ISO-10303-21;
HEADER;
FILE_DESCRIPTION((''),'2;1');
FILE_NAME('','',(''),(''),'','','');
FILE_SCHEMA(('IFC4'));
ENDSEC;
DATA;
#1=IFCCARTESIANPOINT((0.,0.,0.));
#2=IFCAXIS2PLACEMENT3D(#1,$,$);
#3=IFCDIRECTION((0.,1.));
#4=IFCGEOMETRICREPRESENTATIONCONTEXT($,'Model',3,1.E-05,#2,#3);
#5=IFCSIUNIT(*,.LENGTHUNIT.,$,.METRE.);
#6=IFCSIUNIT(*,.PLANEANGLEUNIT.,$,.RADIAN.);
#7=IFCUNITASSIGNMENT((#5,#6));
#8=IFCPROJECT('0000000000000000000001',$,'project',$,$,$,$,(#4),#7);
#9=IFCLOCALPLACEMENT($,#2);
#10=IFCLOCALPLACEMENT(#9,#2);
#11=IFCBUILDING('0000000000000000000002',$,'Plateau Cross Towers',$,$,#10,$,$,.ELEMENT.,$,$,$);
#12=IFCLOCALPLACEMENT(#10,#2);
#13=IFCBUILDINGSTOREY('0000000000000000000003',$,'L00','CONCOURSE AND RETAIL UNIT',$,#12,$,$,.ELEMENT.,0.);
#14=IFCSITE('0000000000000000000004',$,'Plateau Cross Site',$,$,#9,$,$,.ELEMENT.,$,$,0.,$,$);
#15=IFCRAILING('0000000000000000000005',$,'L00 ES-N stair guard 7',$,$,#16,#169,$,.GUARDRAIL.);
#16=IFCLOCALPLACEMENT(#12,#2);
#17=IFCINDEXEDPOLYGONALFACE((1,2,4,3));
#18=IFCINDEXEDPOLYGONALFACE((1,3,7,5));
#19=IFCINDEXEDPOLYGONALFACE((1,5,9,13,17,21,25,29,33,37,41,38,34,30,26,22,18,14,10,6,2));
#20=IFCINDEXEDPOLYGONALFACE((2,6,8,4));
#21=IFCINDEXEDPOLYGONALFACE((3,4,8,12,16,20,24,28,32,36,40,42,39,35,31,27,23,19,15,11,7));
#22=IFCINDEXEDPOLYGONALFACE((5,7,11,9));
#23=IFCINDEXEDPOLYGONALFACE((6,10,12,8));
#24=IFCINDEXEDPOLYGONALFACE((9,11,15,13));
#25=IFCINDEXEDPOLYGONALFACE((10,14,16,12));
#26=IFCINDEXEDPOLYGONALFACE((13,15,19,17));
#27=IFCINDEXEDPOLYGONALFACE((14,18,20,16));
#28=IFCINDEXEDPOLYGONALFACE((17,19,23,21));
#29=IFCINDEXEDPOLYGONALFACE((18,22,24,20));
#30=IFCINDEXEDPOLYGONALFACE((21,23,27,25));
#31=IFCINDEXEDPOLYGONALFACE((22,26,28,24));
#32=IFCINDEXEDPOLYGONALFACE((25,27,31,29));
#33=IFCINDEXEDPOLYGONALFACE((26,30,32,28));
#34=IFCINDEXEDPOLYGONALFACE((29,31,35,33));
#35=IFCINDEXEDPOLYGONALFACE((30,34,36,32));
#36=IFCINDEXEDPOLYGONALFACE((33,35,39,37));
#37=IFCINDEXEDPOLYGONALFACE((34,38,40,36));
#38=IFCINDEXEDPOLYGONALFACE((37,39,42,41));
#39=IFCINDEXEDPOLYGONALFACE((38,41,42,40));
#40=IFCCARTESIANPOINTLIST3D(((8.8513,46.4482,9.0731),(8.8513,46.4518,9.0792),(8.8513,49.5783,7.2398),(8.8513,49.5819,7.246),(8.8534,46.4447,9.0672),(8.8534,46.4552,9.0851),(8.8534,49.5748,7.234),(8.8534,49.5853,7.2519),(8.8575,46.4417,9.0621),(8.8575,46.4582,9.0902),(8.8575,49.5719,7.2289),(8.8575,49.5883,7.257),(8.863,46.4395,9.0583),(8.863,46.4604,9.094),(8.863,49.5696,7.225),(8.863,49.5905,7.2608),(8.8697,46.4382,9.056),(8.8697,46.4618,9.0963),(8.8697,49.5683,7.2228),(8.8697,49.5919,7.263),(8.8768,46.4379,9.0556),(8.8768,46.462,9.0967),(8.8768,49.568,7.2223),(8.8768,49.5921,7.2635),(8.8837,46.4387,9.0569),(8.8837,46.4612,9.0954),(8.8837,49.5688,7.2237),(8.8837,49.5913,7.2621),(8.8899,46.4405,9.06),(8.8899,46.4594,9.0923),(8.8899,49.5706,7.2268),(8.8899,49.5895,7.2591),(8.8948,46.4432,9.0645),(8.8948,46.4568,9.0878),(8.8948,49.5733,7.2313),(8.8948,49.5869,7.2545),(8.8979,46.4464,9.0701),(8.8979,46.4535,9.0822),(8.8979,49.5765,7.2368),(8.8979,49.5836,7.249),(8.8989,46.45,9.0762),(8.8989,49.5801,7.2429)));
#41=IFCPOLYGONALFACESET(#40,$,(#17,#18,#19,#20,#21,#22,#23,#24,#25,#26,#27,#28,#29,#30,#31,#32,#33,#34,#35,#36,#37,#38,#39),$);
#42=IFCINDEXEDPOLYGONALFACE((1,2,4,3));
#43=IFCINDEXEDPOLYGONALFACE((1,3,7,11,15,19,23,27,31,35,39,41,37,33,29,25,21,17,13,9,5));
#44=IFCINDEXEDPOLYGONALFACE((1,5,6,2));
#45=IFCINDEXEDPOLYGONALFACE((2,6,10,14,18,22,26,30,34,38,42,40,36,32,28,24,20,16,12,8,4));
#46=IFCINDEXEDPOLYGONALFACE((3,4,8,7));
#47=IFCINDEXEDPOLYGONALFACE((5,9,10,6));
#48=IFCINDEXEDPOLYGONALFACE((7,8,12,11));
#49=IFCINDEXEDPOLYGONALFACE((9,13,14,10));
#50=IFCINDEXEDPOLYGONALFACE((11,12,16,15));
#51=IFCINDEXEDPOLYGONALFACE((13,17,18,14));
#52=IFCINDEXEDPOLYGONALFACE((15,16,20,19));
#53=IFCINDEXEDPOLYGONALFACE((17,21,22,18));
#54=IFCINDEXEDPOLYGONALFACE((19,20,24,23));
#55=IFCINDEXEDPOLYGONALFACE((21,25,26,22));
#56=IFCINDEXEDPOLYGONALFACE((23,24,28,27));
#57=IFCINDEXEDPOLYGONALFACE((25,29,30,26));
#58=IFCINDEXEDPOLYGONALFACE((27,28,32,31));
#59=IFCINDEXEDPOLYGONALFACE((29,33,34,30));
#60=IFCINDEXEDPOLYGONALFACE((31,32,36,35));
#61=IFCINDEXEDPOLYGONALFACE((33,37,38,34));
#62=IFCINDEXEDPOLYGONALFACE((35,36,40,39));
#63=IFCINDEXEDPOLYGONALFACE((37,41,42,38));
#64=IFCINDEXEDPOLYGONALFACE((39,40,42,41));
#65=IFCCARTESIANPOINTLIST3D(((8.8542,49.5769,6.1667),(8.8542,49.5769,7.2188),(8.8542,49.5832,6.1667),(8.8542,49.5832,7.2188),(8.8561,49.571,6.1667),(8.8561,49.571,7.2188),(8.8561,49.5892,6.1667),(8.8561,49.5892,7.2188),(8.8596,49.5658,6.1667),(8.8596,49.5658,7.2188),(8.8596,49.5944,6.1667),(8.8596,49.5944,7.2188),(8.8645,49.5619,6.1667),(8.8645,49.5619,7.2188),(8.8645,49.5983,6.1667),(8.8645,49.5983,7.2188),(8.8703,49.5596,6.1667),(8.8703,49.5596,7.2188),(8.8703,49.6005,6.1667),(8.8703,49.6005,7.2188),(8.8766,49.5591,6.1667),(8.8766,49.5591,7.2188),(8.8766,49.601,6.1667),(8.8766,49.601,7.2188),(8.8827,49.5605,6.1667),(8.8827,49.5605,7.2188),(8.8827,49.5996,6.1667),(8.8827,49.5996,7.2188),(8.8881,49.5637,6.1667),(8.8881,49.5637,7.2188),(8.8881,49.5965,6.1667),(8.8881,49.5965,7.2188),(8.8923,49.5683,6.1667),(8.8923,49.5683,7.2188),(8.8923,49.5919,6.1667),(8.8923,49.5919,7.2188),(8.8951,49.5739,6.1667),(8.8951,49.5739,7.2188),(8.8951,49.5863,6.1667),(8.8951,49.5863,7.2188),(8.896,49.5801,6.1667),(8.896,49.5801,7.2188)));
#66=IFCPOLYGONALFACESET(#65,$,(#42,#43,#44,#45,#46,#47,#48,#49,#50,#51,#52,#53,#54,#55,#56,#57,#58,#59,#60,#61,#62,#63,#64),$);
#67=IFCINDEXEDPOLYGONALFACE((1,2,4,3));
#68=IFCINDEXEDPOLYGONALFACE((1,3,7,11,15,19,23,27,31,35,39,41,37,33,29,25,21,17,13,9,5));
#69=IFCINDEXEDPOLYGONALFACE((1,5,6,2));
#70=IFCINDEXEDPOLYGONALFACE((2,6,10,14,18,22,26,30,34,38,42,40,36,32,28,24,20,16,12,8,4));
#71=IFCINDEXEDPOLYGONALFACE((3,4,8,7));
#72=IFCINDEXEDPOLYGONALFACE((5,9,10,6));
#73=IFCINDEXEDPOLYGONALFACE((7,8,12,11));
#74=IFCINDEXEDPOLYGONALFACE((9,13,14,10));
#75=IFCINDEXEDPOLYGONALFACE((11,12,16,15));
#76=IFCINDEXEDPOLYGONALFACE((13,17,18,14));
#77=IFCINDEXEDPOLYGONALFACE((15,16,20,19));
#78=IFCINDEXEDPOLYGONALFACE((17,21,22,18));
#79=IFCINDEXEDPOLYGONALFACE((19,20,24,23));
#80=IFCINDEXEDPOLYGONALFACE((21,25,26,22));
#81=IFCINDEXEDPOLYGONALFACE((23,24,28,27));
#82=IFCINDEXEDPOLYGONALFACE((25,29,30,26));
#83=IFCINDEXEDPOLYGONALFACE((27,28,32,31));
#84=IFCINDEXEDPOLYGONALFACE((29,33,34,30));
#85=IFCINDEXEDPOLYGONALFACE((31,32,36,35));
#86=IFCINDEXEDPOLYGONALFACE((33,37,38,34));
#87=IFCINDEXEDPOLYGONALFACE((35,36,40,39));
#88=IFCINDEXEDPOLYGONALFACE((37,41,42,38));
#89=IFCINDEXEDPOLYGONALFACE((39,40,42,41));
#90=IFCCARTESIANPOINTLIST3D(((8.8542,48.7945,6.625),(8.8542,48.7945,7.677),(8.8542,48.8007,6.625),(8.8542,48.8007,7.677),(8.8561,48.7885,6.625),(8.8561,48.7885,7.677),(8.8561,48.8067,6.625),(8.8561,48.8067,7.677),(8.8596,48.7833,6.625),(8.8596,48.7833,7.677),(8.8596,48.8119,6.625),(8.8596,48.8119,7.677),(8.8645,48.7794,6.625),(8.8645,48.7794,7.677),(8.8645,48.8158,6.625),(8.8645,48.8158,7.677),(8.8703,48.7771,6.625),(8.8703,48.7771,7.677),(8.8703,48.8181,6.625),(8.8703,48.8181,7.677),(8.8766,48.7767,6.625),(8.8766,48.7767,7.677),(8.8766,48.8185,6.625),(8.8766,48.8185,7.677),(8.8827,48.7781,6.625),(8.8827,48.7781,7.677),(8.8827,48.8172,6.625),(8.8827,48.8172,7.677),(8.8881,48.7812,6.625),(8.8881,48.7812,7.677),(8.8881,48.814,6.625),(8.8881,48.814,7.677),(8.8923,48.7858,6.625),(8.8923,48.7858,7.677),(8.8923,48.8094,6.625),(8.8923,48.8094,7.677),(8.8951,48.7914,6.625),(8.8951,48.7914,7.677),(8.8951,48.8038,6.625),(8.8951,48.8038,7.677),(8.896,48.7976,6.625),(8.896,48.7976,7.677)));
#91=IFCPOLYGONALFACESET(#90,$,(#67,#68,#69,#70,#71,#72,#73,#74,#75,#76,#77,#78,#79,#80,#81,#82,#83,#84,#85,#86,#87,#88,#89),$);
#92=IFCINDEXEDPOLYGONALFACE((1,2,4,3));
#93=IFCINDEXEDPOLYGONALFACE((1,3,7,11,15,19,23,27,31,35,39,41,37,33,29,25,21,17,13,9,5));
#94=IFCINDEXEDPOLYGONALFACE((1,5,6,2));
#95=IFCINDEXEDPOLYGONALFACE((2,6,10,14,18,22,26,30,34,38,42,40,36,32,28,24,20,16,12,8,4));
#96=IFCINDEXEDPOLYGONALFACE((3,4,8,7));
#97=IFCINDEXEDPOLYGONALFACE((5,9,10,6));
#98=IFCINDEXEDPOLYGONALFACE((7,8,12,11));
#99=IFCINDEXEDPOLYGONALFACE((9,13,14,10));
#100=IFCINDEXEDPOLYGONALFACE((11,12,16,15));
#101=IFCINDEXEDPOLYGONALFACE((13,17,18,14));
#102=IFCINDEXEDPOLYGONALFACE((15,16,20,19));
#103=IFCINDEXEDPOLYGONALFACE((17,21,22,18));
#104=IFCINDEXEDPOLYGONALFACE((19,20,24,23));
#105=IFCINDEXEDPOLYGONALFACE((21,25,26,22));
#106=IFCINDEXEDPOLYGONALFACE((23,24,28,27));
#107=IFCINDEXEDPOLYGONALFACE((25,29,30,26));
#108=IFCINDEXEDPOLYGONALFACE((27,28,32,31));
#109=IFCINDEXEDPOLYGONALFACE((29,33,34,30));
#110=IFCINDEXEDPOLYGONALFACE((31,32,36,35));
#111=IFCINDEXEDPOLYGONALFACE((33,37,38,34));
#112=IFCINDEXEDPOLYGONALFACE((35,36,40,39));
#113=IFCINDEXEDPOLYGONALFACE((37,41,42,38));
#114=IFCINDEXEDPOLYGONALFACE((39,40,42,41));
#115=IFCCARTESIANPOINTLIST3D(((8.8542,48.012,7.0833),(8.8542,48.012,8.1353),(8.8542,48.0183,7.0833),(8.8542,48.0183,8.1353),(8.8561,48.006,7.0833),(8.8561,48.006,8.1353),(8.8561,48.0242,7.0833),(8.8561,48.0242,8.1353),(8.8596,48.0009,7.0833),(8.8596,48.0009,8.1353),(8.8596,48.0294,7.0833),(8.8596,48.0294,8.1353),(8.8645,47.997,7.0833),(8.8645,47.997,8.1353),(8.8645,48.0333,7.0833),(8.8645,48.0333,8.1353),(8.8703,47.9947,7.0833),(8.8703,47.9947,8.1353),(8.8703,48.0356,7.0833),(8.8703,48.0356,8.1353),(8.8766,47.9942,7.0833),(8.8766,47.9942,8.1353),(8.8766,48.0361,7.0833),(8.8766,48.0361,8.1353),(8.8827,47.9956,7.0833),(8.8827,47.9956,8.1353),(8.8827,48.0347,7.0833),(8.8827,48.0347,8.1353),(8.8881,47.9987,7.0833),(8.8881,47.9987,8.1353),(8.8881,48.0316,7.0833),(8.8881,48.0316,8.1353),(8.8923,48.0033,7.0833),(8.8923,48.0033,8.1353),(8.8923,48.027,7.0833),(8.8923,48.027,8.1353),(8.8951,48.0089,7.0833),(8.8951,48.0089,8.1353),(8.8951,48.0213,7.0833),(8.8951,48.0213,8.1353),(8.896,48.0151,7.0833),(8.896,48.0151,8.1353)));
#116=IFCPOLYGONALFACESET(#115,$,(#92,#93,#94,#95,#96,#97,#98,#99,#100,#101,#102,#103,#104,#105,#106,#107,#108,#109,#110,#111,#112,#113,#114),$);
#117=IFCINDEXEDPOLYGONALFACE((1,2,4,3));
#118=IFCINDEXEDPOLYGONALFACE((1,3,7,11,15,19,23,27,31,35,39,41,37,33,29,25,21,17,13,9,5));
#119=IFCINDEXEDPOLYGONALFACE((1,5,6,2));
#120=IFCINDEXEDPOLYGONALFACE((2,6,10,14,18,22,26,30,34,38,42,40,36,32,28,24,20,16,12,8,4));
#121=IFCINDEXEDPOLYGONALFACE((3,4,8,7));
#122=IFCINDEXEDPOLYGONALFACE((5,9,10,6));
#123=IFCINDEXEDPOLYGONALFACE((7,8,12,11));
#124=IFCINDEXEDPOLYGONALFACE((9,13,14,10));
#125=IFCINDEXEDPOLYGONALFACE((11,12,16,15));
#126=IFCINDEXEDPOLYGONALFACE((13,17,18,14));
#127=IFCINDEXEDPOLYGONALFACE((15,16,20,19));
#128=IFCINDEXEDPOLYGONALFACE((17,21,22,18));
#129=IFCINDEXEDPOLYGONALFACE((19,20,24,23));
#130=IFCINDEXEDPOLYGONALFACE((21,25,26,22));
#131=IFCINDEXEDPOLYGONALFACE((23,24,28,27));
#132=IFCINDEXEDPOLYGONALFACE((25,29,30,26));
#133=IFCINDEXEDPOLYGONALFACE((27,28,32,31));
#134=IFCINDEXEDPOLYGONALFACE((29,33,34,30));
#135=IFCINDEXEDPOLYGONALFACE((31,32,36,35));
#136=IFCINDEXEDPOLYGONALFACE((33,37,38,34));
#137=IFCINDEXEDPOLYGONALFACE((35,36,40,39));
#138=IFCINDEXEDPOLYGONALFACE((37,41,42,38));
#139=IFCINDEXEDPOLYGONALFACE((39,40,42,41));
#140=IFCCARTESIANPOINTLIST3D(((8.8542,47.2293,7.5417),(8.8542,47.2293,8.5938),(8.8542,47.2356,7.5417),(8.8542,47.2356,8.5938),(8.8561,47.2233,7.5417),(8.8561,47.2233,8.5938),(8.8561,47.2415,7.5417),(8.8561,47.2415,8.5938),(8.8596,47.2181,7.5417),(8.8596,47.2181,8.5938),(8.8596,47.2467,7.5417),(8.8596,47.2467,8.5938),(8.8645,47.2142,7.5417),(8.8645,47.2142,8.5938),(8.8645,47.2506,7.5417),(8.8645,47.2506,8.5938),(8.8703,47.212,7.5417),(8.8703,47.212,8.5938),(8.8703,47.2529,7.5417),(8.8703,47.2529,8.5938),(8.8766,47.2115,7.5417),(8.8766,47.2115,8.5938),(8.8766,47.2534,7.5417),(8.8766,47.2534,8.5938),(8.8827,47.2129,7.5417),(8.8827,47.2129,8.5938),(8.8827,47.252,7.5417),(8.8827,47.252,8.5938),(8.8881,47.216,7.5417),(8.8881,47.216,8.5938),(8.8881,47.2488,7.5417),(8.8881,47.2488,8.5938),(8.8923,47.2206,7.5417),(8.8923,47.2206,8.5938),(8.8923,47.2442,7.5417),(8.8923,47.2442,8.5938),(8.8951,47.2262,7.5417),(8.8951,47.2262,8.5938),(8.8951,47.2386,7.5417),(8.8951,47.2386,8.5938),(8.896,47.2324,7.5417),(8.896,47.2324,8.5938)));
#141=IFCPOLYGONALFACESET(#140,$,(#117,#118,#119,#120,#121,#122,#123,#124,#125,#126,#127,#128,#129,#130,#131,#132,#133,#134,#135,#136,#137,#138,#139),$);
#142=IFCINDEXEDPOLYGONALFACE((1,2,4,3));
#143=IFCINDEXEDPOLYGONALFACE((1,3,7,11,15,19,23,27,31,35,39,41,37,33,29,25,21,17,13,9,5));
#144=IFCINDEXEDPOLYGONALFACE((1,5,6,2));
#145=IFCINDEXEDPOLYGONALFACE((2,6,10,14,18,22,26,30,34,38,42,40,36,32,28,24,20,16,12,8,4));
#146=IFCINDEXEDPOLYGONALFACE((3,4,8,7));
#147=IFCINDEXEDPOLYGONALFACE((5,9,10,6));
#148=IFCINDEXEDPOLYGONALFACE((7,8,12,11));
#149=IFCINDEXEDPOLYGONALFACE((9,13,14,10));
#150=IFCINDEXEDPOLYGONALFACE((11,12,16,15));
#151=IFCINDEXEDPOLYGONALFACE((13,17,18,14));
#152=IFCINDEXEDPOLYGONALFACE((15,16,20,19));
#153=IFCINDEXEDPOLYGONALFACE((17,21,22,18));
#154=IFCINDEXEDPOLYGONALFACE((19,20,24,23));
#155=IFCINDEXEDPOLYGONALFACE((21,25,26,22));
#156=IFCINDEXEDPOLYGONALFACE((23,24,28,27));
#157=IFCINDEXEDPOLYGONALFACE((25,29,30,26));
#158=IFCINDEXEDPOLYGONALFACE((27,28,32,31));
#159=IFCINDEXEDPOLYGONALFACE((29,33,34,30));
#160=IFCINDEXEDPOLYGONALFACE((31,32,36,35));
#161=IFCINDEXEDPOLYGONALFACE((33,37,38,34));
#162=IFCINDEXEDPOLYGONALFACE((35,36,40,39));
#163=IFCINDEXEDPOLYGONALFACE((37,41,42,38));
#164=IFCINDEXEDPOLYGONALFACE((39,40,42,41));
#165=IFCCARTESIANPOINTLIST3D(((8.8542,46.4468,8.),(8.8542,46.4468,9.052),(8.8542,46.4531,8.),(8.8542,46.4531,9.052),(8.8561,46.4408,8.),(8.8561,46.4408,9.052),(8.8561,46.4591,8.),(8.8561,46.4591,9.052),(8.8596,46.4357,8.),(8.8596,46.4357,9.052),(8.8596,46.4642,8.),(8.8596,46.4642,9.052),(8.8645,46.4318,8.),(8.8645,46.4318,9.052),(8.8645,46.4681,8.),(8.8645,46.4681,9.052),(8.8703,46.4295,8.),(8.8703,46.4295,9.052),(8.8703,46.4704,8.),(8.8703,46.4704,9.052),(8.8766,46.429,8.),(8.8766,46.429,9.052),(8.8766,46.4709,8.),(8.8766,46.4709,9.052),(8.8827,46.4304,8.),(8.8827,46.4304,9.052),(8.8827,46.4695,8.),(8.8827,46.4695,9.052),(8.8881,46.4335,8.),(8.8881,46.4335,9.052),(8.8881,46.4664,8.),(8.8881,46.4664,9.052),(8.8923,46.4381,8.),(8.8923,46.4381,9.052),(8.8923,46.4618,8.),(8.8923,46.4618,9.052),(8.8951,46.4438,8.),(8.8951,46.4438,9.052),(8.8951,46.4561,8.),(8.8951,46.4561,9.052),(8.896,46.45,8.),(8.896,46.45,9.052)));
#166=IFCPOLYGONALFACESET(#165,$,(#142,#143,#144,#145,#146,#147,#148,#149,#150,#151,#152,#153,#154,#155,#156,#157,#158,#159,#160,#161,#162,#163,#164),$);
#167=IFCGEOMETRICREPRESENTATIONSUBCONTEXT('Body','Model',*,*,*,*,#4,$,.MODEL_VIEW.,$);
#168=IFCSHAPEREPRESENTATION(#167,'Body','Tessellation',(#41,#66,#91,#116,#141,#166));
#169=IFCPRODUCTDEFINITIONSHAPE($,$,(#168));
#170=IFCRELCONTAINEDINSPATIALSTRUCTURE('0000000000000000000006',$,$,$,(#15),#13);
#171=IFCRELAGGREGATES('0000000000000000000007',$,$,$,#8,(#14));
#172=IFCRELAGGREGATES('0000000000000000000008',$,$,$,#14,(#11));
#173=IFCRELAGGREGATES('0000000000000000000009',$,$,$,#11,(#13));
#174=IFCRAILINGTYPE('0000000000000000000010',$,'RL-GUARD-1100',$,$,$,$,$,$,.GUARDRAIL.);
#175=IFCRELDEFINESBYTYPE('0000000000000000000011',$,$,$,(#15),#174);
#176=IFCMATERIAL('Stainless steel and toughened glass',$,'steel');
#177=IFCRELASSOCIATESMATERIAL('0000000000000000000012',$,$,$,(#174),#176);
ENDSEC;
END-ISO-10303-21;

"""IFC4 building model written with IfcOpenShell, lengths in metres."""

from ifc_helpers import new_model, si_unit, direction, frame, origin, origin_2d, place, context, subcontext, project, spatial, circle, extrude, material, type_object, element, save


model = new_model("IFC4")

# Units and contexts
model_context = context("Model", 3, precision=1e-05, world=origin(), true_north=direction((0.0, 1.0)))
body_context = subcontext(model_context, "Body", "Model", "MODEL_VIEW")
ifc_project = project(units=[si_unit("LENGTHUNIT", "METRE"), si_unit("PLANEANGLEUNIT", "RADIAN")], contexts=[model_context])

# Site, building, storey
site_placement = place(None, origin())
site = spatial("IfcSite", under=ifc_project, at=site_placement, Name="Plateau Cross Site", CompositionType="ELEMENT", RefElevation=0.0)
building_placement = place(site_placement, origin())
building = spatial("IfcBuilding", under=site, at=building_placement, Name="Plateau Cross Towers", CompositionType="ELEMENT")
storey_placement = place(building_placement, origin())
storey = spatial("IfcBuildingStorey", under=building, at=storey_placement, Name="L00", Description="CONCOURSE AND RETAIL UNIT", CompositionType="ELEMENT", Elevation=0.0)

# Railing
ifc_material_1 = material(Name="Stainless steel and toughened glass", Category="steel")
railing_type_1 = type_object("IfcRailingType", Name="RL-GUARD-1100", PredefinedType="GUARDRAIL", material=ifc_material_1)
railing_1_placement = place(storey_placement, frame((8.875, 49.5801, 6.1667)))
element("IfcRailing", 1, at=railing_1_placement, inside=storey, type_object=railing_type_1, Name="L00 ES-N stair guard 7", PredefinedType="GUARDRAIL", context=body_context, shape_type="SweptSolid", body=[
    extrude(circle(Radius=0.0239, at=origin_2d()), frame((0.0, 0.0, 1.0762), z_axis=(0.0, -0.862896, 0.505381), x_axis=(1.0, 0.0, 0.0)), (0.0, 0.0, 1.0), 3.6274),
    extrude(circle(Radius=0.021, at=origin_2d()), origin(), (0.0, 0.0, 1.0), 1.052),
    extrude(circle(Radius=0.021, at=origin_2d()), frame((0.0, -0.7825, 0.4583)), (0.0, 0.0, 1.0), 1.052),
    extrude(circle(Radius=0.021, at=origin_2d()), frame((0.0, -1.5649, 0.9165)), (0.0, 0.0, 1.0), 1.052),
    extrude(circle(Radius=0.021, at=origin_2d()), frame((0.0, -2.3477, 1.375)), (0.0, 0.0, 1.0), 1.052),
    extrude(circle(Radius=0.021, at=origin_2d()), frame((0.0, -3.1301, 1.8333)), (0.0, 0.0, 1.0), 1.052),
])

save(model, "model.ifc")
